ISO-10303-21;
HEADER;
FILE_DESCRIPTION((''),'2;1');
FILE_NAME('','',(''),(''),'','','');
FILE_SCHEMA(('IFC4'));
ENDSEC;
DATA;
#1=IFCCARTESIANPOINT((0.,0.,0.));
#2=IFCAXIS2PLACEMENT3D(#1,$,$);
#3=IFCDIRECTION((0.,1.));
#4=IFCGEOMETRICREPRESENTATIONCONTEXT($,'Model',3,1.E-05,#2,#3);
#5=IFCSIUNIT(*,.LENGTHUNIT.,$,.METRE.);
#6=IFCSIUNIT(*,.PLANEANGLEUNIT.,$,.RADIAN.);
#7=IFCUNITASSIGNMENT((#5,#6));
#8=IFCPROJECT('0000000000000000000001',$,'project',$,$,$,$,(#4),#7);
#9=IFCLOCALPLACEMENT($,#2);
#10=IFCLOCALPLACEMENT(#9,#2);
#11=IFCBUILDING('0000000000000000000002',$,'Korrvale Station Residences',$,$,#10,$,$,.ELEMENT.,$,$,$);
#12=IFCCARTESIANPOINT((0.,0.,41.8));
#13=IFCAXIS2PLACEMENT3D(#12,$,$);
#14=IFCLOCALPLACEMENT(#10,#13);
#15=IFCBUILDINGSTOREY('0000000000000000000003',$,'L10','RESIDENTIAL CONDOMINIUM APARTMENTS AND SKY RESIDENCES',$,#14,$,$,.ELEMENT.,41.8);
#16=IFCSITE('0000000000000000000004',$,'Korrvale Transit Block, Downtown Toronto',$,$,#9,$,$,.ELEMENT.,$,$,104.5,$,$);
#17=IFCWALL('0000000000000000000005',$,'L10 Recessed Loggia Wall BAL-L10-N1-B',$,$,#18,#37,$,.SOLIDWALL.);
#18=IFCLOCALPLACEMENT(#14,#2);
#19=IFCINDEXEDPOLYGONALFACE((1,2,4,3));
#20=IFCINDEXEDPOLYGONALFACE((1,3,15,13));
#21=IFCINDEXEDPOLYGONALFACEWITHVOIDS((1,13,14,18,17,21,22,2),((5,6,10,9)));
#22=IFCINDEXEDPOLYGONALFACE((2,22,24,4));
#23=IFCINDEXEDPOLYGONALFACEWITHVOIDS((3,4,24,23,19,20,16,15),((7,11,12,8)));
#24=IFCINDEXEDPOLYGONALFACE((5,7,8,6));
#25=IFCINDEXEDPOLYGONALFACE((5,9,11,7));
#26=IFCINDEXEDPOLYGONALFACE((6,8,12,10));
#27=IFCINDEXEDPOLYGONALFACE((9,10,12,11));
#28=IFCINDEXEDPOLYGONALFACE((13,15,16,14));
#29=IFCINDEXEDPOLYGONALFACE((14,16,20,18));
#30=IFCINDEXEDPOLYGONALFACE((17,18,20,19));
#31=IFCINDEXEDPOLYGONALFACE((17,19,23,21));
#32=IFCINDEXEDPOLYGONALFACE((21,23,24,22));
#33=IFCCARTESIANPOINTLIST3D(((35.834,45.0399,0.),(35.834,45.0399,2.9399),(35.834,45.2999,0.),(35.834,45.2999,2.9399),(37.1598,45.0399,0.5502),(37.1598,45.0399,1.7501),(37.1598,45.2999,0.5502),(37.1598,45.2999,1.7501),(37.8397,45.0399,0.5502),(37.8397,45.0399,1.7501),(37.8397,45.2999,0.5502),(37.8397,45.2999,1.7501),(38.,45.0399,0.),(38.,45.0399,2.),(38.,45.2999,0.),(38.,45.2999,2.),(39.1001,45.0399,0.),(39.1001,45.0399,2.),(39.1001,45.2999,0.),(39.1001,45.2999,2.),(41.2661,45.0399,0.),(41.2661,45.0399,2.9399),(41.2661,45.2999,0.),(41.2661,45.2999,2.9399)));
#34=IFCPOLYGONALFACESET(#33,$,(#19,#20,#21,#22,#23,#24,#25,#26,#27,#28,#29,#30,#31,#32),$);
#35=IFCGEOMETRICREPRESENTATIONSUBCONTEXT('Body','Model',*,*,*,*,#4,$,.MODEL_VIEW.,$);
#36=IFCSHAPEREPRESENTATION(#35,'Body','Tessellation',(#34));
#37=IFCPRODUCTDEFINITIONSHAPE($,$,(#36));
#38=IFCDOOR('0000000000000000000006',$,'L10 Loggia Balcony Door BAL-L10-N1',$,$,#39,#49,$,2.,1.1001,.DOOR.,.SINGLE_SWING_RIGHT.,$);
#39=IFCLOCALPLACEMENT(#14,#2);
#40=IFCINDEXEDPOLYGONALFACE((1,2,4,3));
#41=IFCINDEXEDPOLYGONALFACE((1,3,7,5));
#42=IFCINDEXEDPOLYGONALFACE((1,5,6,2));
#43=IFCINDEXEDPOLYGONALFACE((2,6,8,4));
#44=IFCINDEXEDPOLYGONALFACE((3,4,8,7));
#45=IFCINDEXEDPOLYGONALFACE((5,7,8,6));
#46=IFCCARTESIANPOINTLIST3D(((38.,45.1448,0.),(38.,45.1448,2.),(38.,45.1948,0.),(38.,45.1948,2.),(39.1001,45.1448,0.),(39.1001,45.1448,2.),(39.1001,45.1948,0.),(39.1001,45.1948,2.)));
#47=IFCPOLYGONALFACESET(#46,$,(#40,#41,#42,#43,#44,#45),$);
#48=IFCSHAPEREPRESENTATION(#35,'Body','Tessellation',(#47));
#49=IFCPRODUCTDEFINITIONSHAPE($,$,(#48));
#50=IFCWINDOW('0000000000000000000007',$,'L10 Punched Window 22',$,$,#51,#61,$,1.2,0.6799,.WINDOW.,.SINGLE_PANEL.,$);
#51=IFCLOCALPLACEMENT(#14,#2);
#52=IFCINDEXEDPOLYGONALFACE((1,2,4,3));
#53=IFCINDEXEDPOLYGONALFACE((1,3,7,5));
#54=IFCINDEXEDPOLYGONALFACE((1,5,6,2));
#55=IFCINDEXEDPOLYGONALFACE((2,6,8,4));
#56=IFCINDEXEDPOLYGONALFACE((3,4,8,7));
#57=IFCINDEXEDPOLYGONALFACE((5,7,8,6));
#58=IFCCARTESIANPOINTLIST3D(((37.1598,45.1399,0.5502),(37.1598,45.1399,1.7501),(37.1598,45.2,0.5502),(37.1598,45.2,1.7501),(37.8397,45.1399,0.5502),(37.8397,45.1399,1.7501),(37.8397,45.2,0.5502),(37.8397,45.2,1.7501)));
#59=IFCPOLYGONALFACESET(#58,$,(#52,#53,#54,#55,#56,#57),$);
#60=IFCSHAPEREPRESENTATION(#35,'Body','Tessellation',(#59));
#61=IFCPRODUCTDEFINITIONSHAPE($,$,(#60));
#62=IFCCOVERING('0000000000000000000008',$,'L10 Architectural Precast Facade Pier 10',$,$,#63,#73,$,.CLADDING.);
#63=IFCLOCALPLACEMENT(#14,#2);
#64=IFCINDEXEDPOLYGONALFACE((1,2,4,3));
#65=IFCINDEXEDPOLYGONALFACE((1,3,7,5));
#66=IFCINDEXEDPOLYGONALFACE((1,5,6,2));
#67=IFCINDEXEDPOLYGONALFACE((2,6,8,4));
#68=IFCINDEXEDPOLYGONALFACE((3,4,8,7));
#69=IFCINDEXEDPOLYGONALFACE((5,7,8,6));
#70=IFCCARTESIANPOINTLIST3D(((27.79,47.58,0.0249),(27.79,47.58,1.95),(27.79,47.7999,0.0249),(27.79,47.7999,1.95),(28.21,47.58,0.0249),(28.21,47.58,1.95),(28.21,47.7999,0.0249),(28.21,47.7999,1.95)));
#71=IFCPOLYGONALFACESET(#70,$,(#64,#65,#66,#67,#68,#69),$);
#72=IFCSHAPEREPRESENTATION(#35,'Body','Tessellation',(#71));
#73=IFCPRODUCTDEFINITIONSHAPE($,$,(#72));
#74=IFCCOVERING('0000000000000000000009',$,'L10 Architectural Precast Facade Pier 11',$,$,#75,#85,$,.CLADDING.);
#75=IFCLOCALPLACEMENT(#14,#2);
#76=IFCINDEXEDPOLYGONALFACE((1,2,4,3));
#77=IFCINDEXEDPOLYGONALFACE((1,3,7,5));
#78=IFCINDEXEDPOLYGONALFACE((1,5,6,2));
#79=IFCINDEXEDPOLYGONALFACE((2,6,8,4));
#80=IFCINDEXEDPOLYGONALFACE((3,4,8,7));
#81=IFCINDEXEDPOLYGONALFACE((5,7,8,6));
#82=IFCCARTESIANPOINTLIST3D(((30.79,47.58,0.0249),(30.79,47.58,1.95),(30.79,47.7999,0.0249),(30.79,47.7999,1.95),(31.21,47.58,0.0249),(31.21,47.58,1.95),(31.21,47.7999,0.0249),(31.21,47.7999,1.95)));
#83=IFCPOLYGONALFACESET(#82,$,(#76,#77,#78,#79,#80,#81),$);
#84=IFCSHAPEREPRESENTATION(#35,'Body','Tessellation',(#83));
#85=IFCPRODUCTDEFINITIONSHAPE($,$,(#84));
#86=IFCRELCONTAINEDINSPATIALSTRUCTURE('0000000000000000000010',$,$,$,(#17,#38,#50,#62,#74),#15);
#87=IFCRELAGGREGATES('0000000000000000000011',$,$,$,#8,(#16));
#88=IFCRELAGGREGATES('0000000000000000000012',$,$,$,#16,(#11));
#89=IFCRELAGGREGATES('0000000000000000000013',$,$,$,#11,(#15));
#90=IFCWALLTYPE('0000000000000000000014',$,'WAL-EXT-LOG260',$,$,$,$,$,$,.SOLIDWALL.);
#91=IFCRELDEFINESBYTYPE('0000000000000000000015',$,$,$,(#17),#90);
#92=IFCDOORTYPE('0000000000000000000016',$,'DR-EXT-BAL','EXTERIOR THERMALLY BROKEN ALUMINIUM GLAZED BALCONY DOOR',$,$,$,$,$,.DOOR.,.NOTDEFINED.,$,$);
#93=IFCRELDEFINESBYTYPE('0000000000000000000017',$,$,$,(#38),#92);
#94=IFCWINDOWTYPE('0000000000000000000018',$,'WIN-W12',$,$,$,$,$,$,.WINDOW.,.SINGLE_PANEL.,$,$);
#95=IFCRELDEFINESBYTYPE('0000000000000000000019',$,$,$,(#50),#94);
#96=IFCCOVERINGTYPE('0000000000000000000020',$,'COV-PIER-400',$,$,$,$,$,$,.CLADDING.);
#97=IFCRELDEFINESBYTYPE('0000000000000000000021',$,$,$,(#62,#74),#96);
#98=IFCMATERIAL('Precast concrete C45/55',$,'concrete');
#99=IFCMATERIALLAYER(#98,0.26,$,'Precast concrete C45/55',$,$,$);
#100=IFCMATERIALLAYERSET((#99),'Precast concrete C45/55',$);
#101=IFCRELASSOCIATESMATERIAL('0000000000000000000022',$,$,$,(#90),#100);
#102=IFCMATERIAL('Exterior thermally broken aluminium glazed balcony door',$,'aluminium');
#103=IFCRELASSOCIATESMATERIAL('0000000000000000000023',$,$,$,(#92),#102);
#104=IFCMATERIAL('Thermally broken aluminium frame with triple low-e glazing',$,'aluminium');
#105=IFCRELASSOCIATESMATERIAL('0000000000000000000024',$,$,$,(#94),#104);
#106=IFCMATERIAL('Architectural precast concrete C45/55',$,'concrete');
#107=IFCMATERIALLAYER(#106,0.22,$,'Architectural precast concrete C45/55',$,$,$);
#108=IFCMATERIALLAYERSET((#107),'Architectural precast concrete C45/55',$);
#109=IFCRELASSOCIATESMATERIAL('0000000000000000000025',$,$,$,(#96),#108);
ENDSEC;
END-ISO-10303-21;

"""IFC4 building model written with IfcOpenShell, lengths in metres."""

from ifc_helpers import new_model, si_unit, direction, frame, frame_2d, origin, origin_2d, place, context, subcontext, project, spatial, rectangle, extrude, material, layer, layer_set, type_object, element, fill, save


model = new_model("IFC4")

# Units and contexts
model_context = context("Model", 3, precision=1e-05, world=origin(), true_north=direction((0.0, 1.0)))
body_context = subcontext(model_context, "Body", "Model", "MODEL_VIEW")
ifc_project = project(units=[si_unit("LENGTHUNIT", "METRE"), si_unit("PLANEANGLEUNIT", "RADIAN")], contexts=[model_context])

# Site, building, storey
site_placement = place(None, origin())
site = spatial("IfcSite", under=ifc_project, at=site_placement, Name="Korrvale Transit Block, Downtown Toronto", CompositionType="ELEMENT", RefElevation=104.5)
building_placement = place(site_placement, origin())
building = spatial("IfcBuilding", under=site, at=building_placement, Name="Korrvale Station Residences", CompositionType="ELEMENT")
storey_placement = place(building_placement, frame((0.0, 0.0, 41.8)))
storey = spatial("IfcBuildingStorey", under=building, at=storey_placement, Name="L10", Description="RESIDENTIAL CONDOMINIUM APARTMENTS AND SKY RESIDENCES", CompositionType="ELEMENT", Elevation=41.8)

# Shared definitions
ifc_material_1 = material(Name="Precast concrete C45/55", Category="concrete")
ifc_layer_1 = layer(ifc_material_1, 0.26, Name="Precast concrete C45/55")
ifc_layer_set_1 = layer_set([ifc_layer_1], Name="Precast concrete C45/55")
wall_type = type_object("IfcWallType", Name="WAL-EXT-LOG260", PredefinedType="SOLIDWALL", material=ifc_layer_set_1)

# Wall, openings, door, window
wall_1_placement = place(storey_placement, frame((35.834, 45.1699, 0.0), z_axis=(0.0, 0.0, 1.0), x_axis=(1.0, 0.0, 0.0)))
wall_1 = element("IfcWall", 1, at=wall_1_placement, inside=storey, type_object=wall_type, Name="L10 Recessed Loggia Wall BAL-L10-N1-B", PredefinedType="SOLIDWALL", context=body_context, shape_type="SweptSolid", body=[
    extrude(rectangle(XDim=5.4321, YDim=0.26, at=frame_2d((2.7161, 0.0))), origin(), (0.0, 0.0, 1.0), 2.9399),
])
opening_1_placement = place(wall_1_placement, frame((2.166, 0.0, 0.0)))
opening_1 = element("IfcOpeningElement", 2, at=opening_1_placement, cuts=wall_1, PredefinedType="OPENING", context=body_context, shape_type="SweptSolid", body=[
    extrude(rectangle(XDim=1.1001, YDim=2.0, at=frame_2d((0.55, 1.0))), frame((0.0, 0.1401, 0.0), z_axis=(0.0, -1.0, 0.0), x_axis=(1.0, 0.0, 0.0)), (0.0, 0.0, 1.0), 0.28),
])
opening_2_placement = place(wall_1_placement, frame((1.3259, 0.0, 0.55)))
opening_2 = element("IfcOpeningElement", 3, at=opening_2_placement, cuts=wall_1, PredefinedType="OPENING", context=body_context, shape_type="SweptSolid", body=[
    extrude(rectangle(XDim=0.6799, YDim=1.2, at=frame_2d((0.3398, 0.6001))), frame((0.0, 0.1401, 0.0), z_axis=(0.0, -1.0, 0.0), x_axis=(1.0, 0.0, 0.0)), (0.0, 0.0, 1.0), 0.28),
])
ifc_material_2 = material(Name="Exterior thermally broken aluminium glazed balcony door", Category="aluminium")
door_type = type_object("IfcDoorType", Name="DR-EXT-BAL", Description="EXTERIOR THERMALLY BROKEN ALUMINIUM GLAZED BALCONY DOOR", OperationType="NOTDEFINED", PredefinedType="DOOR", material=ifc_material_2)
door_placement = place(opening_1_placement, origin())
door = element("IfcDoor", 4, at=door_placement, inside=storey, type_object=door_type, Name="L10 Loggia Balcony Door BAL-L10-N1", OperationType="SINGLE_SWING_RIGHT", OverallHeight=2.0, OverallWidth=1.1001, PredefinedType="DOOR", context=body_context, shape_type="SweptSolid", body=[
    extrude(rectangle(XDim=1.1001, YDim=2.0, at=frame_2d((0.55, 1.0))), frame((0.0, 0.0249, 0.0), z_axis=(0.0, -1.0, 0.0), x_axis=(1.0, 0.0, 0.0)), (0.0, 0.0, 1.0), 0.05),
])
fill(opening_1, door)
ifc_material_3 = material(Name="Thermally broken aluminium frame with triple low-e glazing", Category="aluminium")
window_type = type_object("IfcWindowType", Name="WIN-W12", PartitioningType="SINGLE_PANEL", PredefinedType="WINDOW", material=ifc_material_3)
window_placement = place(opening_2_placement, origin())
window = element("IfcWindow", 5, at=window_placement, inside=storey, type_object=window_type, Name="L10 Punched Window 22", OverallHeight=1.2, OverallWidth=0.6799, PartitioningType="SINGLE_PANEL", PredefinedType="WINDOW", context=body_context, shape_type="SweptSolid", body=[
    extrude(rectangle(XDim=0.6799, YDim=1.2, at=frame_2d((0.3398, 0.6001))), frame((0.0, 0.03, 0.0), z_axis=(0.0, -1.0, 0.0), x_axis=(1.0, 0.0, 0.0)), (0.0, 0.0, 1.0), 0.0601),
])
fill(opening_2, window)

# Coverings
ifc_material_4 = material(Name="Architectural precast concrete C45/55", Category="concrete")
ifc_layer_2 = layer(ifc_material_4, 0.22, Name="Architectural precast concrete C45/55")
ifc_layer_set_2 = layer_set([ifc_layer_2], Name="Architectural precast concrete C45/55")
covering_type = type_object("IfcCoveringType", Name="COV-PIER-400", PredefinedType="CLADDING", material=ifc_layer_set_2)
for number, where, z_axis, x_axis, name in (
    (6, (28.0, 47.6899, 0.0249), (0.0, 0.0, 1.0), (1.0, 0.0, 0.0), "L10 Architectural Precast Facade Pier 10"),
    (7, (31.0, 47.6899, 0.0249), (0.0, 0.0, 1.0), (1.0, 0.0, 0.0), "L10 Architectural Precast Facade Pier 11"),
):
    element("IfcCovering", number, at=place(storey_placement, frame(where, z_axis=z_axis, x_axis=x_axis)), inside=storey, type_object=covering_type, Name=name, PredefinedType="CLADDING", context=body_context, shape_type="SweptSolid", body=[
        extrude(rectangle(XDim=0.4199, YDim=0.22, at=origin_2d()), origin(), (0.0, 0.0, 1.0), 1.925),
    ])

save(model, "model.ifc")
